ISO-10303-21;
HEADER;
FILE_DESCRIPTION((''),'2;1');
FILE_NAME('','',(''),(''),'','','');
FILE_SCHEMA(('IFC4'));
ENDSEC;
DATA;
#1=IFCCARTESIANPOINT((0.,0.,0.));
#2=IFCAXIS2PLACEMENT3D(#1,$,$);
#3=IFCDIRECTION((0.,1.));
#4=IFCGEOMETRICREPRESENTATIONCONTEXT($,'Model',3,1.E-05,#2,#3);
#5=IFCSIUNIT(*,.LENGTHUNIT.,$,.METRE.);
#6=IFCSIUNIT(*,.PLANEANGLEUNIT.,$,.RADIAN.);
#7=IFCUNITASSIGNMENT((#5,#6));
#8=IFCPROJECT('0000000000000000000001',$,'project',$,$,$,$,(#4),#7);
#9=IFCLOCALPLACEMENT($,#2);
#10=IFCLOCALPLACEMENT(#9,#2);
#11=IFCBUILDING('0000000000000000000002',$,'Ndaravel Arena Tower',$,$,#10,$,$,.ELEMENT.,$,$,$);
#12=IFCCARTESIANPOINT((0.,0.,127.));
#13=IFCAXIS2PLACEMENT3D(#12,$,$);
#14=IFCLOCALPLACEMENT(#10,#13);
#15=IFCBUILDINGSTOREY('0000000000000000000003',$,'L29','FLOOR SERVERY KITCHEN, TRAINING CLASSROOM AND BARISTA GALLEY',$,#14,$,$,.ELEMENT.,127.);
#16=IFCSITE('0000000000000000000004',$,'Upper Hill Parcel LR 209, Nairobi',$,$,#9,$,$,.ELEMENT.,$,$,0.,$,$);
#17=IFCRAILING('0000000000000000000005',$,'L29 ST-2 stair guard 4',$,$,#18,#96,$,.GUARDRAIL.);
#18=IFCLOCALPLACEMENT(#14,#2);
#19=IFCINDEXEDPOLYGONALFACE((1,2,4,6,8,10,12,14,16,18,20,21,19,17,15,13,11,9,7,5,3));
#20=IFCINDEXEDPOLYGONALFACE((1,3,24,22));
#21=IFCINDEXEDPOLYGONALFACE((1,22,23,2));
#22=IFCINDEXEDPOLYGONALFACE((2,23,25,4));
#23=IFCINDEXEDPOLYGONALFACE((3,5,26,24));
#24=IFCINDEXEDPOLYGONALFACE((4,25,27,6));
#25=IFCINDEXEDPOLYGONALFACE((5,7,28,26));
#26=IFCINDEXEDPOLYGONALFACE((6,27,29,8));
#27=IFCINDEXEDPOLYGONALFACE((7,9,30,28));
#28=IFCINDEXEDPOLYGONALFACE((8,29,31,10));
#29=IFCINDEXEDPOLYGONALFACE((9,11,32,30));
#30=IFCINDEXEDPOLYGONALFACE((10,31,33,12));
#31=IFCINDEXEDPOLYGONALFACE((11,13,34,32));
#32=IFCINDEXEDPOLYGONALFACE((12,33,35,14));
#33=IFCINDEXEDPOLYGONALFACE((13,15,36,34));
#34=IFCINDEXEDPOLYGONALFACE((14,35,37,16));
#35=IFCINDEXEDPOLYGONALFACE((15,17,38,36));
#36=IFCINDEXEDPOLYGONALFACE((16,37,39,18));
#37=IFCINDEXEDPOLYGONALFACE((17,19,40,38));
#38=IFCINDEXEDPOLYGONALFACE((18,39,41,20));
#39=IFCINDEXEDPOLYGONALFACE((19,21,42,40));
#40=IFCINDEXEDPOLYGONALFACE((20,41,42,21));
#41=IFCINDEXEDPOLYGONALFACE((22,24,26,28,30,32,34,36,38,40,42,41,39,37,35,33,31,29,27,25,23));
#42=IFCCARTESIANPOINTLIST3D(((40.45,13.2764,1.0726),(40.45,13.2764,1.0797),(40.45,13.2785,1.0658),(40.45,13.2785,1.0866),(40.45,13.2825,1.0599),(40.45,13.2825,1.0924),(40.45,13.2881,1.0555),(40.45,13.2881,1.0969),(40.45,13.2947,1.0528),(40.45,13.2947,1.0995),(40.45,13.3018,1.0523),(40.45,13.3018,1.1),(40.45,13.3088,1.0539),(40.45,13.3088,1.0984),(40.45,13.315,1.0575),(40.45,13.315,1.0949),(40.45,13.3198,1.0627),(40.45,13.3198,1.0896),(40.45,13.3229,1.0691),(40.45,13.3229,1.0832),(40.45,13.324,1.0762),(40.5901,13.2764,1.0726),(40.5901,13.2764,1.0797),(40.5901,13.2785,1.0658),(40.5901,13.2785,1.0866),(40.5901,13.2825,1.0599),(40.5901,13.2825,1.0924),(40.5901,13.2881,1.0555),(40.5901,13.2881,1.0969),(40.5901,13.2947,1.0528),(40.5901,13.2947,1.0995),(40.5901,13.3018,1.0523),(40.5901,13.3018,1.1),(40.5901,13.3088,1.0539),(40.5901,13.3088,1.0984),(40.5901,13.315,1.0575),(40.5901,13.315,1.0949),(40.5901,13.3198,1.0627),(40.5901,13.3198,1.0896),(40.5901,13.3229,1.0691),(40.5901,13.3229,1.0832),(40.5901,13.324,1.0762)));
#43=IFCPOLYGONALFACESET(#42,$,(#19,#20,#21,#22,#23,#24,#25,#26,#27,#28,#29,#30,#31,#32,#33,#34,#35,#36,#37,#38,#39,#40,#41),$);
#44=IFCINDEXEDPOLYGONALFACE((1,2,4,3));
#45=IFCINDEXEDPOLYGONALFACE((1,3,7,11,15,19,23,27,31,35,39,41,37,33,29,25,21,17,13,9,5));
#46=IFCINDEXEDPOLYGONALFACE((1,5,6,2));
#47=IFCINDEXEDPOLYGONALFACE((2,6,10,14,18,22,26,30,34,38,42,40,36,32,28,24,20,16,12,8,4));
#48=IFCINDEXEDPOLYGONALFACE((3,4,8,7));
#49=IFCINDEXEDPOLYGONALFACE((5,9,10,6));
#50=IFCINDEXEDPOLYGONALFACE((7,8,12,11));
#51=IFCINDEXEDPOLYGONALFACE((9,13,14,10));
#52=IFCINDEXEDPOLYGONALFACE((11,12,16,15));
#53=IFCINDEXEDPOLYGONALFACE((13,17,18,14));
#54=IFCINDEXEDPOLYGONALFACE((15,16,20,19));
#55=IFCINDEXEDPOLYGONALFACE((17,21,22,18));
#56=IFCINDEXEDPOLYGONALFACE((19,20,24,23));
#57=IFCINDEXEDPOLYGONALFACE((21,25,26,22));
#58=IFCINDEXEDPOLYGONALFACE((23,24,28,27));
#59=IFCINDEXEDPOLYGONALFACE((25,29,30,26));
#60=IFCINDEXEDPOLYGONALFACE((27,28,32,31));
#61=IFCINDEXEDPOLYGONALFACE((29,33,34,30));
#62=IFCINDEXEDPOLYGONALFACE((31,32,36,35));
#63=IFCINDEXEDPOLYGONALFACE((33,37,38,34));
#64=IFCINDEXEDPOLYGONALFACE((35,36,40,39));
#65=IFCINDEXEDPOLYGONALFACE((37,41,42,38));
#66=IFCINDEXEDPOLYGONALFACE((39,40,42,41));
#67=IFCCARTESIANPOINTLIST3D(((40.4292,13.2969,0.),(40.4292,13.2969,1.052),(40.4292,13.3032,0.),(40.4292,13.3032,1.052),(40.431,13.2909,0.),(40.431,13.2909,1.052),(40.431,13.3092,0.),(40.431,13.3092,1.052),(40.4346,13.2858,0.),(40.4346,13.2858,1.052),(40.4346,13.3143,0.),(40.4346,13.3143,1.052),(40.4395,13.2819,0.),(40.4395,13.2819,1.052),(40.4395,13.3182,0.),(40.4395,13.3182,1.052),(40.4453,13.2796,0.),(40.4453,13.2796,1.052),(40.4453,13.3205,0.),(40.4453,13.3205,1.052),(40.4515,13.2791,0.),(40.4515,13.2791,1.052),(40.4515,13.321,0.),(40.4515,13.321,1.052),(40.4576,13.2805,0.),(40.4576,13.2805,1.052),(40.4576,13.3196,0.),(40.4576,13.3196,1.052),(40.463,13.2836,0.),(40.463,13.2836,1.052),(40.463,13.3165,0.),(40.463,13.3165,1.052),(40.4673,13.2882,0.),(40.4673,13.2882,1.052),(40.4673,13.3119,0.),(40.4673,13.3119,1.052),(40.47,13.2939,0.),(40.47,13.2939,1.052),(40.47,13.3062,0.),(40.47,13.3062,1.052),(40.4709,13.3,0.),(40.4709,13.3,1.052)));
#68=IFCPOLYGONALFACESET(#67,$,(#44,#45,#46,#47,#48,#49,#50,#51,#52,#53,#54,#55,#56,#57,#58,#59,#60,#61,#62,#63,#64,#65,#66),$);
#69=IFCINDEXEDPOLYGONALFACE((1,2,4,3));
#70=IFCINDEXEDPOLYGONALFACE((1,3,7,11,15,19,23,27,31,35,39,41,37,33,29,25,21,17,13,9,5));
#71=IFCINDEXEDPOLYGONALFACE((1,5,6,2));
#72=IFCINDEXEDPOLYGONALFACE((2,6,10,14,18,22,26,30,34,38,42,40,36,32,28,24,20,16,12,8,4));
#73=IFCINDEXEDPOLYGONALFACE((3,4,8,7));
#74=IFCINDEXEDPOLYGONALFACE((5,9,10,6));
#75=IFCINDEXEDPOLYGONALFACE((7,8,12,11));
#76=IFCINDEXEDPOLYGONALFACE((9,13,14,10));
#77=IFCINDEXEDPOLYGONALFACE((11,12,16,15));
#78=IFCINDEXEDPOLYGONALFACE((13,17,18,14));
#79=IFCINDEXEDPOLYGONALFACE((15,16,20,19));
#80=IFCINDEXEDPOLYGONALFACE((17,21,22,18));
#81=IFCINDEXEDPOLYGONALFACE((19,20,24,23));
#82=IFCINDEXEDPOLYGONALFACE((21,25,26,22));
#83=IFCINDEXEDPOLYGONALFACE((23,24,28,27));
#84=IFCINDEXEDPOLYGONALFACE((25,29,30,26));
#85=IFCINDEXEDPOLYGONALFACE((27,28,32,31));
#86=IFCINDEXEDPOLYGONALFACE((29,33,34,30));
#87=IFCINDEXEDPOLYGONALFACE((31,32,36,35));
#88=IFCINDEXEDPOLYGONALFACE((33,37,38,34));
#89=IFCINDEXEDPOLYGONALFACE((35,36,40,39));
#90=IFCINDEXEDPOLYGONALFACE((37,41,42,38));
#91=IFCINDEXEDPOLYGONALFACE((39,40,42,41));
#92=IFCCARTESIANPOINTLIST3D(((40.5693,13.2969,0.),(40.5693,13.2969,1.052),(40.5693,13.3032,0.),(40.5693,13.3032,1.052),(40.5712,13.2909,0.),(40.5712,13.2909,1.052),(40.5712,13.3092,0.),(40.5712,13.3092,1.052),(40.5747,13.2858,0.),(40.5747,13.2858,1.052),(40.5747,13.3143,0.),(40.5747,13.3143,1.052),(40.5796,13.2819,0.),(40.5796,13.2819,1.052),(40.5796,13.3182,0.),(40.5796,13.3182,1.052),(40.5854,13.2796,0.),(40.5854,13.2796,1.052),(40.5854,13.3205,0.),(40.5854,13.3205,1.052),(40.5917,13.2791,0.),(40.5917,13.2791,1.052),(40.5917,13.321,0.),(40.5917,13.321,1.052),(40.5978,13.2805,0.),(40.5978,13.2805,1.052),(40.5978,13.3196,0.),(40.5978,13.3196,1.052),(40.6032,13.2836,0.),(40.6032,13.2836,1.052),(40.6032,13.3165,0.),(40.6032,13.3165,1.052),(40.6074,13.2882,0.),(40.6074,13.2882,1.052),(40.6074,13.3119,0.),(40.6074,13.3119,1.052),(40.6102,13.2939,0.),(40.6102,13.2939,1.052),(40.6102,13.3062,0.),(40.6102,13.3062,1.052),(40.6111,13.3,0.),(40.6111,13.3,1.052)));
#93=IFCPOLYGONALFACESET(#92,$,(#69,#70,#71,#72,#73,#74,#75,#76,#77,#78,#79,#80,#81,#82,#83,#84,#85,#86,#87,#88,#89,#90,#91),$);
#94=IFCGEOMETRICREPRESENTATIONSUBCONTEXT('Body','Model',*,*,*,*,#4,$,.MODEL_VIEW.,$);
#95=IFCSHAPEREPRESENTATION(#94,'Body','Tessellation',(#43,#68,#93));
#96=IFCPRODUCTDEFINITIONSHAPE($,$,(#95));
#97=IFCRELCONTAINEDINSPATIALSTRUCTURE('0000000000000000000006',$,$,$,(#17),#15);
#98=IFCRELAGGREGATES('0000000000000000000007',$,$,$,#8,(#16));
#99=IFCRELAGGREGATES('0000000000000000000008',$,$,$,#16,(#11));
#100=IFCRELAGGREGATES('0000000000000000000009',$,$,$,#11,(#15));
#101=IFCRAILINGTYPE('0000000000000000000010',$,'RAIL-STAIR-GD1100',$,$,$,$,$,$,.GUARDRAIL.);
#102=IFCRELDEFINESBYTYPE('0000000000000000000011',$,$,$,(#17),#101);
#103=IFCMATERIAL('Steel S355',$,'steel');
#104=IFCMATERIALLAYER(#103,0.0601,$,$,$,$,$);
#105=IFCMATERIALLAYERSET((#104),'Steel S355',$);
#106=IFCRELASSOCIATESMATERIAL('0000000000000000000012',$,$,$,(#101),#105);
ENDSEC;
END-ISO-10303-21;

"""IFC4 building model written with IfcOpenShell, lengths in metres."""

from ifc_helpers import new_model, si_unit, direction, frame, origin, origin_2d, place, context, subcontext, project, spatial, circle, extrude, material, layer, layer_set, type_object, element, save


model = new_model("IFC4")

# Units and contexts
model_context = context("Model", 3, precision=1e-05, world=origin(), true_north=direction((0.0, 1.0)))
body_context = subcontext(model_context, "Body", "Model", "MODEL_VIEW")
ifc_project = project(units=[si_unit("LENGTHUNIT", "METRE"), si_unit("PLANEANGLEUNIT", "RADIAN")], contexts=[model_context])

# Site, building, storey
site_placement = place(None, origin())
site = spatial("IfcSite", under=ifc_project, at=site_placement, Name="Upper Hill Parcel LR 209, Nairobi", CompositionType="ELEMENT", RefElevation=0.0)
building_placement = place(site_placement, origin())
building = spatial("IfcBuilding", under=site, at=building_placement, Name="Ndaravel Arena Tower", CompositionType="ELEMENT")
storey_placement = place(building_placement, frame((0.0, 0.0, 127.0)))
storey = spatial("IfcBuildingStorey", under=building, at=storey_placement, Name="L29", Description="FLOOR SERVERY KITCHEN, TRAINING CLASSROOM AND BARISTA GALLEY", CompositionType="ELEMENT", Elevation=127.0)

# Railing
ifc_material_1 = material(Name="Steel S355", Category="steel")
ifc_layer_1 = layer(ifc_material_1, 0.0601)
ifc_layer_set_1 = layer_set([ifc_layer_1], Name="Steel S355")
railing_type_1 = type_object("IfcRailingType", Name="RAIL-STAIR-GD1100", PredefinedType="GUARDRAIL", material=ifc_layer_set_1)
railing_1_placement = place(storey_placement, frame((40.45, 13.3, 0.0)))
element("IfcRailing", 1, at=railing_1_placement, inside=storey, type_object=railing_type_1, Name="L29 ST-2 stair guard 4", PredefinedType="GUARDRAIL", context=body_context, shape_type="SweptSolid", body=[
    extrude(circle(Radius=0.0239, at=origin_2d()), frame((0.0, 0.0, 1.0762), z_axis=(1.0, 0.0, 0.0), x_axis=(0.0, 1.0, 0.0)), (0.0, 0.0, 1.0), 0.1401),
    extrude(circle(Radius=0.021, at=origin_2d()), origin(), (0.0, 0.0, 1.0), 1.052),
    extrude(circle(Radius=0.021, at=origin_2d()), frame((0.1401, 0.0, 0.0)), (0.0, 0.0, 1.0), 1.052),
])

save(model, "model.ifc")
